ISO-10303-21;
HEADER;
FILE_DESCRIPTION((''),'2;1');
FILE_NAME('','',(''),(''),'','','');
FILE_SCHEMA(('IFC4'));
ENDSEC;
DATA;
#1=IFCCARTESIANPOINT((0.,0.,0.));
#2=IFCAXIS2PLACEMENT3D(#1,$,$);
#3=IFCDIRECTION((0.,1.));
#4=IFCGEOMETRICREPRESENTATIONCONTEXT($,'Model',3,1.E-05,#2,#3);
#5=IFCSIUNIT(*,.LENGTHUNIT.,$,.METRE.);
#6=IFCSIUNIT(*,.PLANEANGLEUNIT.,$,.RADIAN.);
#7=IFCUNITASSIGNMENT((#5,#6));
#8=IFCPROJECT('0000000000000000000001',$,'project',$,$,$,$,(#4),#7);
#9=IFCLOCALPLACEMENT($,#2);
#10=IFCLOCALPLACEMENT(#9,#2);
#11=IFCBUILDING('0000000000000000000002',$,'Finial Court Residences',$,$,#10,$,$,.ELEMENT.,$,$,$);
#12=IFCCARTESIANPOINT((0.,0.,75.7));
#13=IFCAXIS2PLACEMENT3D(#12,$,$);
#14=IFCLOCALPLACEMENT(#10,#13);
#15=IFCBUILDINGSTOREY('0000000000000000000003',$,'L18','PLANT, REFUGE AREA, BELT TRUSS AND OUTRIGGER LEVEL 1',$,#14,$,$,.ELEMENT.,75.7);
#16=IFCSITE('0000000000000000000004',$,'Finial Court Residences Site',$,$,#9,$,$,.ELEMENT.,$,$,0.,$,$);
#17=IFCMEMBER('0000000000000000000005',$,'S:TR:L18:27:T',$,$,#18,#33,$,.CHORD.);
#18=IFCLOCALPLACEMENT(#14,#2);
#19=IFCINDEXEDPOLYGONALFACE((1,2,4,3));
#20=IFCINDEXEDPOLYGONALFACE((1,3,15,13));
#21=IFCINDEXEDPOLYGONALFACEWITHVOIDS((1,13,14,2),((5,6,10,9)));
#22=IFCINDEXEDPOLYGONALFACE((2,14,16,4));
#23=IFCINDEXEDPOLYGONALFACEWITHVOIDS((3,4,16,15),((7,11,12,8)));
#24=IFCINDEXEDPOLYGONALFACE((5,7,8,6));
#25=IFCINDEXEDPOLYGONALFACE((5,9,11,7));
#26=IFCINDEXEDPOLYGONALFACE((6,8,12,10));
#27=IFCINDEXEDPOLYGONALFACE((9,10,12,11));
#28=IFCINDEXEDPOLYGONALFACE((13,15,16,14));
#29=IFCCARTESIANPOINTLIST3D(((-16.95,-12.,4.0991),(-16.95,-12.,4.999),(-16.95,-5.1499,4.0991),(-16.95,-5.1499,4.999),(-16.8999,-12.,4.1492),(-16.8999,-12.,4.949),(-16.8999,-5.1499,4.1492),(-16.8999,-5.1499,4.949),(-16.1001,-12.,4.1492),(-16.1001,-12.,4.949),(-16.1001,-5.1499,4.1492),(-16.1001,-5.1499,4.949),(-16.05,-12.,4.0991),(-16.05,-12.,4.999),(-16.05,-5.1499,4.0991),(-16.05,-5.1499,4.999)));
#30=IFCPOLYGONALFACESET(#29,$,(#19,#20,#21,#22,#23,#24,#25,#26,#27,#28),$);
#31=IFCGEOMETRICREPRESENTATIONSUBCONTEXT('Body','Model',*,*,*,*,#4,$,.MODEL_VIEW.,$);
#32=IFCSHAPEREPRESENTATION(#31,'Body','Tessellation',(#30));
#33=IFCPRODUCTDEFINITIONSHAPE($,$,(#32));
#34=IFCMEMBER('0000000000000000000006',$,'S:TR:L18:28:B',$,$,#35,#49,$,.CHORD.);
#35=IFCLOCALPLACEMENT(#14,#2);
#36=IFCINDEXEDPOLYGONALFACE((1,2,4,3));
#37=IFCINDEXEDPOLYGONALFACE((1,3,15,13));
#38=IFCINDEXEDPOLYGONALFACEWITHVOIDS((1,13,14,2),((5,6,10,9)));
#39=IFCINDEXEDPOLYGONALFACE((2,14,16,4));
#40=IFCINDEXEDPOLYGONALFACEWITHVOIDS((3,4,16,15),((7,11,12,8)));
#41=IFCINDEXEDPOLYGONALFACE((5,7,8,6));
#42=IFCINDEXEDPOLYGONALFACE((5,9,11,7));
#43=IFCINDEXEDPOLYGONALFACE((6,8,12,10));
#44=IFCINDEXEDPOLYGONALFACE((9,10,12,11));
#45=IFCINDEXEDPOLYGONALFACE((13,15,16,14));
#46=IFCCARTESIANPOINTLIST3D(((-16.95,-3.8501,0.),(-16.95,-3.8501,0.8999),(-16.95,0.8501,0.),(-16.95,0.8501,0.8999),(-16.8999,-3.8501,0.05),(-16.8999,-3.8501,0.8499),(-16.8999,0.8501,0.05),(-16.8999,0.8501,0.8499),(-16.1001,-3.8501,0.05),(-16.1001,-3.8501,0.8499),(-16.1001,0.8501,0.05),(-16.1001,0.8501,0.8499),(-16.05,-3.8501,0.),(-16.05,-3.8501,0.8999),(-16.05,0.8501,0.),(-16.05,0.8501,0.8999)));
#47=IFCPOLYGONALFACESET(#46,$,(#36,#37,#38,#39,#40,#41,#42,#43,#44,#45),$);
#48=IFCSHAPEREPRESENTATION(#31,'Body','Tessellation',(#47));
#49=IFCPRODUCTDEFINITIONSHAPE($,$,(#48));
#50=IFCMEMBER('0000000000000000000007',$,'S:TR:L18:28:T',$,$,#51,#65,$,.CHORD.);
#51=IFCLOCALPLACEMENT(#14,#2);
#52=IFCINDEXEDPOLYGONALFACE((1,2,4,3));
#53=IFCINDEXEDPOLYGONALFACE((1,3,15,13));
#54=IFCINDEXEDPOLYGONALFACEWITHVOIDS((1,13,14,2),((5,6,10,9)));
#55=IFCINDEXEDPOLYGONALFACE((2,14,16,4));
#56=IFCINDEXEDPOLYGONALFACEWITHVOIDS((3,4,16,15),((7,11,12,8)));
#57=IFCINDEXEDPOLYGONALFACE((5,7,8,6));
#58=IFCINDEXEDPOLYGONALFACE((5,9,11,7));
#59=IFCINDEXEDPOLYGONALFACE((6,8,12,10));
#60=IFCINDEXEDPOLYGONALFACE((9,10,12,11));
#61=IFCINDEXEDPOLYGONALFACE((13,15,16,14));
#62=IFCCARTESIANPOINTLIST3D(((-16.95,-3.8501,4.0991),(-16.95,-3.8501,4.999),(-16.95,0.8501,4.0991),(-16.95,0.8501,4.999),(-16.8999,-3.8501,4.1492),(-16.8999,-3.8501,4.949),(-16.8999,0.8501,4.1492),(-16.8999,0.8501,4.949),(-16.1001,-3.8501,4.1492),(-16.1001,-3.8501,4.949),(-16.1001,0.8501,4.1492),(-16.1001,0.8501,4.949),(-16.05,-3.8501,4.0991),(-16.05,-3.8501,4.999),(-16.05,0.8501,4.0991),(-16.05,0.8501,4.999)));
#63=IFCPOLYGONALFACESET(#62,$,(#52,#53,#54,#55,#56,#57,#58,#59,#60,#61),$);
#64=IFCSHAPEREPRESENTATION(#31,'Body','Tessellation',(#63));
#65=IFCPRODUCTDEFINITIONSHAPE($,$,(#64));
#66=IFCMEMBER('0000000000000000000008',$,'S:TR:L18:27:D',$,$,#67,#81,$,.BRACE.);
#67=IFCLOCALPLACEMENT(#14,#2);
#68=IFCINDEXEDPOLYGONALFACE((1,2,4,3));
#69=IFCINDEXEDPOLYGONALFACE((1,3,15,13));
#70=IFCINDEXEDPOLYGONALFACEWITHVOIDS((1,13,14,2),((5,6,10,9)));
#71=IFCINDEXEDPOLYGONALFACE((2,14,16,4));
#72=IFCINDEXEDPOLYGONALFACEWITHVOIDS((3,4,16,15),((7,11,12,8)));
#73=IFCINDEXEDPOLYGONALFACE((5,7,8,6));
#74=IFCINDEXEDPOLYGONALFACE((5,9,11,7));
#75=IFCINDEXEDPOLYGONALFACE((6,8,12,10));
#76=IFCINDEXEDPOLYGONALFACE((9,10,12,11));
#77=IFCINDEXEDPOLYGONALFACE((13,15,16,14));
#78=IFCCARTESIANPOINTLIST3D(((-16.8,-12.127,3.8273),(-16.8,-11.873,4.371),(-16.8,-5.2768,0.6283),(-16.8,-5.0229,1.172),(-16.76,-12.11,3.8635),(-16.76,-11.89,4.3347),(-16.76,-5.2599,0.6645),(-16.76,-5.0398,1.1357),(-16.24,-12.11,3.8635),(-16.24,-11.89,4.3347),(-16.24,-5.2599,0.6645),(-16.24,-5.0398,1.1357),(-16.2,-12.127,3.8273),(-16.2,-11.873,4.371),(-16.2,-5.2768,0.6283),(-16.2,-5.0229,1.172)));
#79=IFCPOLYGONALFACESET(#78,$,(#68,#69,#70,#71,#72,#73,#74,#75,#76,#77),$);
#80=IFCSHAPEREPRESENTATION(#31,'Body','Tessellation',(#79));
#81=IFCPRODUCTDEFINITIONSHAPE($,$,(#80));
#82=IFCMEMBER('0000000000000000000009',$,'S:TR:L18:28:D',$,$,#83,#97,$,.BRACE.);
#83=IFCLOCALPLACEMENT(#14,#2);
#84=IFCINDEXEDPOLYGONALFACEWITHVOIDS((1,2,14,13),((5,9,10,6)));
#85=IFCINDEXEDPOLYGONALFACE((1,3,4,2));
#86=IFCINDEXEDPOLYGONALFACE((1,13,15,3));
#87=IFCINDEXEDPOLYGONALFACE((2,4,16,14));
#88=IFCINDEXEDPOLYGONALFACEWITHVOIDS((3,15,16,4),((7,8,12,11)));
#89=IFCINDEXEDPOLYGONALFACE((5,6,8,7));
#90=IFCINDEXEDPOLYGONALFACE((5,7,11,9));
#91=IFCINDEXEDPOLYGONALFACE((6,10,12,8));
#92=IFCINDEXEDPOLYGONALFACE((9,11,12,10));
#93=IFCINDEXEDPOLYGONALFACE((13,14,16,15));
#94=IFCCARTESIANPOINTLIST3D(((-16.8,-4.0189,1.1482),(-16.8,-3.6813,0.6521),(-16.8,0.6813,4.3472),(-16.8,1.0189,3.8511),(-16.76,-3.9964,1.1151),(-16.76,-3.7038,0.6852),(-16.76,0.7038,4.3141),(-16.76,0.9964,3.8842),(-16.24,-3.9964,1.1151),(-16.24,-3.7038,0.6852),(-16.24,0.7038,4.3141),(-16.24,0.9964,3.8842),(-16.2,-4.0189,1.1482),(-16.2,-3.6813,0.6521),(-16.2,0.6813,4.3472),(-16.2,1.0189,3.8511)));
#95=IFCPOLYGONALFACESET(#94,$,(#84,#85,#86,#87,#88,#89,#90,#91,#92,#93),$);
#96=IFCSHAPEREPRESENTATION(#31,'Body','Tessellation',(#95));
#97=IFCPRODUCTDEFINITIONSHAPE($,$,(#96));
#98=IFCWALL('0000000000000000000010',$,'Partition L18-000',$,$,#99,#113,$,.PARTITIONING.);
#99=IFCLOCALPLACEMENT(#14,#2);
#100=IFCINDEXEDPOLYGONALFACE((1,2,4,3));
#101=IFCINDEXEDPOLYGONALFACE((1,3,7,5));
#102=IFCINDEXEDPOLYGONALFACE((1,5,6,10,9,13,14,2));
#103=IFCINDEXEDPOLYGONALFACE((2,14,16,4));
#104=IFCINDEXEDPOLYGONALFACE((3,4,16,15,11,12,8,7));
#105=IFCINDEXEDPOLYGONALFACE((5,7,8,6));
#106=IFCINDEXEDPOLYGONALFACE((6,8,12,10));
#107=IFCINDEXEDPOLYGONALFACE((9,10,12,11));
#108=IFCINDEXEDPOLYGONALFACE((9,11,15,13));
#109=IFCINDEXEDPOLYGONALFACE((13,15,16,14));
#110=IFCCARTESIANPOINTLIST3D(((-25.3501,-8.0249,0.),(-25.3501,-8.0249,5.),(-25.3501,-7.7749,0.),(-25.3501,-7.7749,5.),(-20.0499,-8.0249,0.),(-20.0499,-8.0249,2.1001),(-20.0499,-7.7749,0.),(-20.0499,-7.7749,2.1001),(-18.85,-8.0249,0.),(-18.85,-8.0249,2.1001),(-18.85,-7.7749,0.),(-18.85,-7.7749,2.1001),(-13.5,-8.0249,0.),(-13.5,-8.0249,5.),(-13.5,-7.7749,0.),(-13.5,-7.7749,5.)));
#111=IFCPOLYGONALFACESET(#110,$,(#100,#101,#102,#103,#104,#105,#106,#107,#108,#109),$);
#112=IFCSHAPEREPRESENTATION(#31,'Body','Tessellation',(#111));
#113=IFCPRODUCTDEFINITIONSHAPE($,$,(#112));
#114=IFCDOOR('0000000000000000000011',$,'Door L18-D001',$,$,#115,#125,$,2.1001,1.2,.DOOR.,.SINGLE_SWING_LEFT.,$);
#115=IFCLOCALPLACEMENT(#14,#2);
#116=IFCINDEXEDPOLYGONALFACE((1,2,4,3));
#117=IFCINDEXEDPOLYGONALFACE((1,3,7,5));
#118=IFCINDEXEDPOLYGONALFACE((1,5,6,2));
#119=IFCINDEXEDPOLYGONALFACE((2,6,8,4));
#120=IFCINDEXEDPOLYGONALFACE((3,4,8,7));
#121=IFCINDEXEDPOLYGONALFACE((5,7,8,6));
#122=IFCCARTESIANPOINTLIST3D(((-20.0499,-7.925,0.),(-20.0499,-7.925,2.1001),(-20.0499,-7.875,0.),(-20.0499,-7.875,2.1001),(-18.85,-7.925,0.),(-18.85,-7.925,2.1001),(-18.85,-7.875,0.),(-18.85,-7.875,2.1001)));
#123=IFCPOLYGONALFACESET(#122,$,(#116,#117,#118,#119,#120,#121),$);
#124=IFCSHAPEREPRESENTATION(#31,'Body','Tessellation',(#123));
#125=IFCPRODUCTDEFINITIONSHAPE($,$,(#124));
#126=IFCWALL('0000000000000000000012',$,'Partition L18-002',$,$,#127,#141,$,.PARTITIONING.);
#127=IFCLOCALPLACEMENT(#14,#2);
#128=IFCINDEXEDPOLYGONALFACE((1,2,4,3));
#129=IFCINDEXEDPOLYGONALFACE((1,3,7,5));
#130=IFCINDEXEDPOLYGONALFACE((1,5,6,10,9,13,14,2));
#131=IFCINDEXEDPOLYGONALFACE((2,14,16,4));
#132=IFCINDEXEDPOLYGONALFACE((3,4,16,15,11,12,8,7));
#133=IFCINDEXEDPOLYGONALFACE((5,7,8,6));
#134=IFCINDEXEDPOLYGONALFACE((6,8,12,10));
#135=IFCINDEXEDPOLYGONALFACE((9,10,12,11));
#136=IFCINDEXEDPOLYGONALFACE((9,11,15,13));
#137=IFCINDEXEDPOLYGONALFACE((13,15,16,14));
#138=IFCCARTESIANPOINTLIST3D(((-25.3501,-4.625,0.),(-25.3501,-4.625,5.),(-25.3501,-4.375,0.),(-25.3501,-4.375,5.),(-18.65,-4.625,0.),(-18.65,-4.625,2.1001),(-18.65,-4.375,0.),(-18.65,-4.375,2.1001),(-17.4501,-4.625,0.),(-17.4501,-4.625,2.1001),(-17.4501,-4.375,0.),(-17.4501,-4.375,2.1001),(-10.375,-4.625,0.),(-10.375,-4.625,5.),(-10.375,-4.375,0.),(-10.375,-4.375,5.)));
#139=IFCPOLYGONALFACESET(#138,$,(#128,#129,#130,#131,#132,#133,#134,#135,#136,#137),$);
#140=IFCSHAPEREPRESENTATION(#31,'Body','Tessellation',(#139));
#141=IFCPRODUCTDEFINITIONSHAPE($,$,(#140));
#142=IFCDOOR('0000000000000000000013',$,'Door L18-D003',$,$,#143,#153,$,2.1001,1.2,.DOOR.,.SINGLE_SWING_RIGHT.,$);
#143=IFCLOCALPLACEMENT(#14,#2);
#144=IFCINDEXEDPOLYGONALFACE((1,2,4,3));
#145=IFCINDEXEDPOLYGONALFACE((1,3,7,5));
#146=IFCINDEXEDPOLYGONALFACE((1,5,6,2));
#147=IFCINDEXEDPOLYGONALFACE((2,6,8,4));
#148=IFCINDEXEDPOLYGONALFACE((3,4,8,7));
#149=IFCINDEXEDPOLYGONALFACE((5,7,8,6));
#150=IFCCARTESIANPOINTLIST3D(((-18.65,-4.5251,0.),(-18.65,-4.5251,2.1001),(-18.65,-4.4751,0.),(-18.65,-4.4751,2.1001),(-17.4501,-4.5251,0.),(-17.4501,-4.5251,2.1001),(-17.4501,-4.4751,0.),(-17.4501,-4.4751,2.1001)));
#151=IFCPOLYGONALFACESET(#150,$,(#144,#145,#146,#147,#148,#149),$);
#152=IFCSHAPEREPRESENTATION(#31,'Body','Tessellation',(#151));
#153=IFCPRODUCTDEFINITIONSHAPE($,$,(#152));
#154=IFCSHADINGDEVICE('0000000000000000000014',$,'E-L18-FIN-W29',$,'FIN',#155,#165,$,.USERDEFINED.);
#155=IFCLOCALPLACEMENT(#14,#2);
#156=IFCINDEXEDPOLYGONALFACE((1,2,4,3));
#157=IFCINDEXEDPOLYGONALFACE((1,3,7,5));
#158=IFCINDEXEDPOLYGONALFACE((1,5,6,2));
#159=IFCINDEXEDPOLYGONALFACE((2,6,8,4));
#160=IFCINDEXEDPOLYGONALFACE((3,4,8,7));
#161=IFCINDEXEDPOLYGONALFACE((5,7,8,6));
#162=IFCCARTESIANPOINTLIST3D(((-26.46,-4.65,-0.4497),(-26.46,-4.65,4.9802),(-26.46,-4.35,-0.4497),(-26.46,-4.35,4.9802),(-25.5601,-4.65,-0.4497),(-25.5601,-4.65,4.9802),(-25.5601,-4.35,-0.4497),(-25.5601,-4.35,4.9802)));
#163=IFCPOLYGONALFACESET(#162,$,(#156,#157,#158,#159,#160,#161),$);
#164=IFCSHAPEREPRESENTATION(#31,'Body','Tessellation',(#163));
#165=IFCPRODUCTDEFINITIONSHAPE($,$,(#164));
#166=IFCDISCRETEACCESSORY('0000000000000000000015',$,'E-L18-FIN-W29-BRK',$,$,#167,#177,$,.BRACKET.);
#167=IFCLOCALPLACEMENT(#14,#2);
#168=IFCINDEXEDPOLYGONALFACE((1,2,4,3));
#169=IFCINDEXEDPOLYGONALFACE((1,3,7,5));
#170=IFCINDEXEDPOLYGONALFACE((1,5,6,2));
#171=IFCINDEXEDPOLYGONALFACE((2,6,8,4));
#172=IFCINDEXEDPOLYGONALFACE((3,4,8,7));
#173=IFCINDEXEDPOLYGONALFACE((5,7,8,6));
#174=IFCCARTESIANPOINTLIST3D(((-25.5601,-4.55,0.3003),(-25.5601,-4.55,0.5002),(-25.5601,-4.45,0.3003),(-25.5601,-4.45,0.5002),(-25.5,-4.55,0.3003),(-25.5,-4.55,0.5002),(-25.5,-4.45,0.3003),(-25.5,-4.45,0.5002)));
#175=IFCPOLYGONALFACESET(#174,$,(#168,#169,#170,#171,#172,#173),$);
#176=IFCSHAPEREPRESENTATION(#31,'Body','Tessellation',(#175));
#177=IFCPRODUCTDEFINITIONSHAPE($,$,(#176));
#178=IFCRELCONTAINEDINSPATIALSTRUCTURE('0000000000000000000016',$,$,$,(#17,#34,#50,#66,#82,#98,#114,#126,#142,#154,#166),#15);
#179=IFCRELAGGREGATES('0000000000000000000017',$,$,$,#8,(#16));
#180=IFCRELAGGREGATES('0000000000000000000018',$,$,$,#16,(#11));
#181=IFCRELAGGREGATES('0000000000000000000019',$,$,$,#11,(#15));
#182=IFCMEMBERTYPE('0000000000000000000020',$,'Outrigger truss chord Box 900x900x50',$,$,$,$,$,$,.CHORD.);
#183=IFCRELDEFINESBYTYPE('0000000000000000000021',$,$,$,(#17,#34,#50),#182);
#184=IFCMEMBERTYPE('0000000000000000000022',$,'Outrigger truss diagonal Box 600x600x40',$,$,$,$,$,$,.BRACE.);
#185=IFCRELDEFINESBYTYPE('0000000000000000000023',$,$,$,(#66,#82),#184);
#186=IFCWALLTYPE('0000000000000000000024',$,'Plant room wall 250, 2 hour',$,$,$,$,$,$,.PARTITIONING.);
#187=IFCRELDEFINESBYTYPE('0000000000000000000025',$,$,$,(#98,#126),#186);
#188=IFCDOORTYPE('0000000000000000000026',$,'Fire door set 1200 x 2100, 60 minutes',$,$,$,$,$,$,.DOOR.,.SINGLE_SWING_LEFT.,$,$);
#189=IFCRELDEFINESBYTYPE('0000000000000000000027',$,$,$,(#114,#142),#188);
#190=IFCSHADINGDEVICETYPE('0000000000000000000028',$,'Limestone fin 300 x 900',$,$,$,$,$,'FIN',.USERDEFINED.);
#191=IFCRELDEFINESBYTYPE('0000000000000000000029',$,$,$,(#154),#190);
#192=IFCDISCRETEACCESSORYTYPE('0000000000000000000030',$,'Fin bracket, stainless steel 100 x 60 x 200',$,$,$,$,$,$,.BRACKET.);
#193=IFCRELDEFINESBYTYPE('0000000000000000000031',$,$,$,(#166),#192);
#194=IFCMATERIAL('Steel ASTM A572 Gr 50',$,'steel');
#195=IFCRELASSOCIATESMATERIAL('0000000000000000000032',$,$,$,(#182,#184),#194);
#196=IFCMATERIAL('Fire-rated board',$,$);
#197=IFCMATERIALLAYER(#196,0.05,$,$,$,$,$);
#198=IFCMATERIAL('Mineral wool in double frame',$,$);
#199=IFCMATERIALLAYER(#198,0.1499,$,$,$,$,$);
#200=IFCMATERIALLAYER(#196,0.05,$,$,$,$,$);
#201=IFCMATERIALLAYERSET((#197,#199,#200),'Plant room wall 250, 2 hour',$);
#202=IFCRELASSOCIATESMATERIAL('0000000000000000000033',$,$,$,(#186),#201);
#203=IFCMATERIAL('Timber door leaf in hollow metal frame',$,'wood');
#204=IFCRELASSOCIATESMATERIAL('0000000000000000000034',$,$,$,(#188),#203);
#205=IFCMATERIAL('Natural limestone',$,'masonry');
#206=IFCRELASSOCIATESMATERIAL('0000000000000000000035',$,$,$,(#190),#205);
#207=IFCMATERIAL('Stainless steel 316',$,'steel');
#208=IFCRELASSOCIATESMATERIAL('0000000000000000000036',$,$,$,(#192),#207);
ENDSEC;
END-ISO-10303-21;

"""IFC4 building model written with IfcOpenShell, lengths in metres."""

from ifc_helpers import new_model, si_unit, direction, frame, frame_2d, origin, origin_2d, place, context, subcontext, project, spatial, rectangle, hollow_rectangle, extrude, material, layer, layer_set, material_profile, profile_set, type_object, element, fill, save


model = new_model("IFC4")

# Units and contexts
model_context = context("Model", 3, precision=1e-05, world=origin(), true_north=direction((0.0, 1.0)))
body_context = subcontext(model_context, "Body", "Model", "MODEL_VIEW")
ifc_project = project(units=[si_unit("LENGTHUNIT", "METRE"), si_unit("PLANEANGLEUNIT", "RADIAN")], contexts=[model_context])

# Site, building, storey
site_placement = place(None, origin())
site = spatial("IfcSite", under=ifc_project, at=site_placement, Name="Finial Court Residences Site", CompositionType="ELEMENT", RefElevation=0.0)
building_placement = place(site_placement, origin())
building = spatial("IfcBuilding", under=site, at=building_placement, Name="Finial Court Residences", CompositionType="ELEMENT")
storey_placement = place(building_placement, frame((0.0, 0.0, 75.7)))
storey = spatial("IfcBuildingStorey", under=building, at=storey_placement, Name="L18", Description="PLANT, REFUGE AREA, BELT TRUSS AND OUTRIGGER LEVEL 1", CompositionType="ELEMENT", Elevation=75.7)

# Members
ifc_material_1 = material(Name="Steel ASTM A572 Gr 50", Category="steel")
ifc_material_profile_1 = material_profile(ifc_material_1, hollow_rectangle(XDim=0.8999, YDim=0.8999, WallThickness=0.05, at=origin_2d()), Name="Box 900x900x50")
ifc_profile_set_1 = profile_set([ifc_material_profile_1], Name="Steel ASTM A572 Gr 50")
member_type_1 = type_object("IfcMemberType", Name="Outrigger truss chord Box 900x900x50", PredefinedType="CHORD", material=ifc_profile_set_1)
for number, where, z_axis, x_axis, name in (
    (1, (-16.5, -12.0, 4.5491), (0.0, 1.0, 0.0), (-1.0, 0.0, 0.0), "S:TR:L18:27:T"),
):
    element("IfcMember", number, at=place(storey_placement, frame(where, z_axis=z_axis, x_axis=x_axis)), inside=storey, type_object=member_type_1, Name=name, PredefinedType="CHORD", context=body_context, shape_type="SweptSolid", body=[
        extrude(hollow_rectangle(XDim=0.8999, YDim=0.8999, WallThickness=0.05, at=origin_2d()), origin(), (0.0, 0.0, 1.0), 6.8501),
    ])
for number, where, z_axis, x_axis, name in (
    (2, (-16.5, -3.8501, 0.45), (0.0, 1.0, 0.0), (-1.0, 0.0, 0.0), "S:TR:L18:28:B"),
    (3, (-16.5, -3.8501, 4.5491), (0.0, 1.0, 0.0), (-1.0, 0.0, 0.0), "S:TR:L18:28:T"),
):
    element("IfcMember", number, at=place(storey_placement, frame(where, z_axis=z_axis, x_axis=x_axis)), inside=storey, type_object=member_type_1, Name=name, PredefinedType="CHORD", context=body_context, shape_type="SweptSolid", body=[
        extrude(hollow_rectangle(XDim=0.8999, YDim=0.8999, WallThickness=0.05, at=origin_2d()), origin(), (0.0, 0.0, 1.0), 4.7002),
    ])
ifc_material_profile_2 = material_profile(ifc_material_1, hollow_rectangle(XDim=0.6001, YDim=0.6001, WallThickness=0.04, at=origin_2d()), Name="Box 600x600x40")
ifc_profile_set_2 = profile_set([ifc_material_profile_2], Name="Steel ASTM A572 Gr 50")
member_type_2 = type_object("IfcMemberType", Name="Outrigger truss diagonal Box 600x600x40", PredefinedType="BRACE", material=ifc_profile_set_2)
member_1_placement = place(storey_placement, frame((-16.5, -12.0, 4.0991), z_axis=(0.0, 0.906068, -0.423131), x_axis=(-1.0, 0.0, 0.0)))
element("IfcMember", 4, at=member_1_placement, inside=storey, type_object=member_type_2, Name="S:TR:L18:27:D", PredefinedType="BRACE", context=body_context, shape_type="SweptSolid", body=[
    extrude(hollow_rectangle(XDim=0.6001, YDim=0.6001, WallThickness=0.04, at=origin_2d()), origin(), (0.0, 0.0, 1.0), 7.5603),
])
member_2_placement = place(storey_placement, frame((-16.5, -3.8501, 0.9001), z_axis=(0.0, 0.826694, 0.562652), x_axis=(-1.0, 0.0, 0.0)))
element("IfcMember", 5, at=member_2_placement, inside=storey, type_object=member_type_2, Name="S:TR:L18:28:D", PredefinedType="BRACE", context=body_context, shape_type="SweptSolid", body=[
    extrude(hollow_rectangle(XDim=0.6001, YDim=0.6001, WallThickness=0.04, at=origin_2d()), origin(), (0.0, 0.0, 1.0), 5.6855),
])

# Walls, openings, doors
ifc_material_2 = material(Name="Fire-rated board")
ifc_layer_1 = layer(ifc_material_2, 0.05)
ifc_material_3 = material(Name="Mineral wool in double frame")
ifc_layer_2 = layer(ifc_material_3, 0.1499)
ifc_layer_3 = layer(ifc_material_2, 0.05)
ifc_layer_set = layer_set([ifc_layer_1, ifc_layer_2, ifc_layer_3], Name="Plant room wall 250, 2 hour")
wall_type = type_object("IfcWallType", Name="Plant room wall 250, 2 hour", PredefinedType="PARTITIONING", material=ifc_layer_set)
wall_1_placement = place(storey_placement, frame((-25.3501, -7.8999, 0.0), z_axis=(0.0, 0.0, 1.0), x_axis=(1.0, 0.0, 0.0)))
wall_1 = element("IfcWall", 6, at=wall_1_placement, inside=storey, type_object=wall_type, Name="Partition L18-000", PredefinedType="PARTITIONING", context=body_context, shape_type="SweptSolid", body=[
    extrude(rectangle(XDim=11.8501, YDim=0.25, at=frame_2d((5.925, 0.0))), origin(), (0.0, 0.0, 1.0), 5.0),
])
opening_1_placement = place(wall_1_placement, frame((5.3, 0.0, 0.0)))
opening_1 = element("IfcOpeningElement", 7, at=opening_1_placement, cuts=wall_1, PredefinedType="OPENING", context=body_context, shape_type="SweptSolid", body=[
    extrude(rectangle(XDim=1.2, YDim=2.1001, at=frame_2d((0.6001, 1.05))), frame((0.0, 0.135, 0.0), z_axis=(0.0, -1.0, 0.0), x_axis=(1.0, 0.0, 0.0)), (0.0, 0.0, 1.0), 0.27),
])
ifc_material_4 = material(Name="Timber door leaf in hollow metal frame", Category="wood")
door_type = type_object("IfcDoorType", Name="Fire door set 1200 x 2100, 60 minutes", OperationType="SINGLE_SWING_LEFT", PredefinedType="DOOR", material=ifc_material_4)
door_1_placement = place(opening_1_placement, origin())
door_1 = element("IfcDoor", 8, at=door_1_placement, inside=storey, type_object=door_type, Name="Door L18-D001", OperationType="SINGLE_SWING_LEFT", OverallHeight=2.1001, OverallWidth=1.2, PredefinedType="DOOR", context=body_context, shape_type="SweptSolid", body=[
    extrude(rectangle(XDim=1.2, YDim=2.1001, at=frame_2d((0.6001, 1.05))), frame((0.0, 0.0249, 0.0), z_axis=(0.0, -1.0, 0.0), x_axis=(1.0, 0.0, 0.0)), (0.0, 0.0, 1.0), 0.05),
])
fill(opening_1, door_1)
wall_2_placement = place(storey_placement, frame((-25.3501, -4.5, 0.0), z_axis=(0.0, 0.0, 1.0), x_axis=(1.0, 0.0, 0.0)))
wall_2 = element("IfcWall", 9, at=wall_2_placement, inside=storey, type_object=wall_type, Name="Partition L18-002", PredefinedType="PARTITIONING", context=body_context, shape_type="SweptSolid", body=[
    extrude(rectangle(XDim=14.9751, YDim=0.25, at=frame_2d((7.4875, 0.0))), origin(), (0.0, 0.0, 1.0), 5.0),
])
opening_2_placement = place(wall_2_placement, frame((6.7, 0.0, 0.0)))
opening_2 = element("IfcOpeningElement", 10, at=opening_2_placement, cuts=wall_2, PredefinedType="OPENING", context=body_context, shape_type="SweptSolid", body=[
    extrude(rectangle(XDim=1.2, YDim=2.1001, at=frame_2d((0.6001, 1.05))), frame((0.0, 0.135, 0.0), z_axis=(0.0, -1.0, 0.0), x_axis=(1.0, 0.0, 0.0)), (0.0, 0.0, 1.0), 0.27),
])
door_2_placement = place(opening_2_placement, origin())
door_2 = element("IfcDoor", 11, at=door_2_placement, inside=storey, type_object=door_type, Name="Door L18-D003", OperationType="SINGLE_SWING_RIGHT", OverallHeight=2.1001, OverallWidth=1.2, PredefinedType="DOOR", context=body_context, shape_type="SweptSolid", body=[
    extrude(rectangle(XDim=1.2, YDim=2.1001, at=frame_2d((0.6001, 1.05))), frame((0.0, 0.0249, 0.0), z_axis=(0.0, -1.0, 0.0), x_axis=(1.0, 0.0, 0.0)), (0.0, 0.0, 1.0), 0.05),
])
fill(opening_2, door_2)

# Shading device
ifc_material_5 = material(Name="Natural limestone", Category="masonry")
shading_device_type = type_object("IfcShadingDeviceType", Name="Limestone fin 300 x 900", ElementType="FIN", PredefinedType="USERDEFINED", material=ifc_material_5)
shading_device_placement = place(storey_placement, frame((-26.01, -4.5, -0.4497), z_axis=(0.0, 0.0, 1.0), x_axis=(1.0, 0.0, 0.0)))
element("IfcShadingDevice", 12, at=shading_device_placement, inside=storey, type_object=shading_device_type, Name="E-L18-FIN-W29", ObjectType="FIN", PredefinedType="USERDEFINED", context=body_context, shape_type="SweptSolid", body=[
    extrude(rectangle(XDim=0.8999, YDim=0.3, at=origin_2d()), origin(), (0.0, 0.0, 1.0), 5.4299),
])

# Discrete accessory
ifc_material_6 = material(Name="Stainless steel 316", Category="steel")
discrete_accessory_type = type_object("IfcDiscreteAccessoryType", Name="Fin bracket, stainless steel 100 x 60 x 200", PredefinedType="BRACKET", material=ifc_material_6)
discrete_accessory_placement = place(storey_placement, frame((-25.53, -4.5, 0.3003), z_axis=(0.0, 0.0, 1.0), x_axis=(1.0, 0.0, 0.0)))
element("IfcDiscreteAccessory", 13, at=discrete_accessory_placement, inside=storey, type_object=discrete_accessory_type, Name="E-L18-FIN-W29-BRK", PredefinedType="BRACKET", context=body_context, shape_type="SweptSolid", body=[
    extrude(rectangle(XDim=0.0601, YDim=0.1001, at=origin_2d()), origin(), (0.0, 0.0, 1.0), 0.2),
])

save(model, "model.ifc")
